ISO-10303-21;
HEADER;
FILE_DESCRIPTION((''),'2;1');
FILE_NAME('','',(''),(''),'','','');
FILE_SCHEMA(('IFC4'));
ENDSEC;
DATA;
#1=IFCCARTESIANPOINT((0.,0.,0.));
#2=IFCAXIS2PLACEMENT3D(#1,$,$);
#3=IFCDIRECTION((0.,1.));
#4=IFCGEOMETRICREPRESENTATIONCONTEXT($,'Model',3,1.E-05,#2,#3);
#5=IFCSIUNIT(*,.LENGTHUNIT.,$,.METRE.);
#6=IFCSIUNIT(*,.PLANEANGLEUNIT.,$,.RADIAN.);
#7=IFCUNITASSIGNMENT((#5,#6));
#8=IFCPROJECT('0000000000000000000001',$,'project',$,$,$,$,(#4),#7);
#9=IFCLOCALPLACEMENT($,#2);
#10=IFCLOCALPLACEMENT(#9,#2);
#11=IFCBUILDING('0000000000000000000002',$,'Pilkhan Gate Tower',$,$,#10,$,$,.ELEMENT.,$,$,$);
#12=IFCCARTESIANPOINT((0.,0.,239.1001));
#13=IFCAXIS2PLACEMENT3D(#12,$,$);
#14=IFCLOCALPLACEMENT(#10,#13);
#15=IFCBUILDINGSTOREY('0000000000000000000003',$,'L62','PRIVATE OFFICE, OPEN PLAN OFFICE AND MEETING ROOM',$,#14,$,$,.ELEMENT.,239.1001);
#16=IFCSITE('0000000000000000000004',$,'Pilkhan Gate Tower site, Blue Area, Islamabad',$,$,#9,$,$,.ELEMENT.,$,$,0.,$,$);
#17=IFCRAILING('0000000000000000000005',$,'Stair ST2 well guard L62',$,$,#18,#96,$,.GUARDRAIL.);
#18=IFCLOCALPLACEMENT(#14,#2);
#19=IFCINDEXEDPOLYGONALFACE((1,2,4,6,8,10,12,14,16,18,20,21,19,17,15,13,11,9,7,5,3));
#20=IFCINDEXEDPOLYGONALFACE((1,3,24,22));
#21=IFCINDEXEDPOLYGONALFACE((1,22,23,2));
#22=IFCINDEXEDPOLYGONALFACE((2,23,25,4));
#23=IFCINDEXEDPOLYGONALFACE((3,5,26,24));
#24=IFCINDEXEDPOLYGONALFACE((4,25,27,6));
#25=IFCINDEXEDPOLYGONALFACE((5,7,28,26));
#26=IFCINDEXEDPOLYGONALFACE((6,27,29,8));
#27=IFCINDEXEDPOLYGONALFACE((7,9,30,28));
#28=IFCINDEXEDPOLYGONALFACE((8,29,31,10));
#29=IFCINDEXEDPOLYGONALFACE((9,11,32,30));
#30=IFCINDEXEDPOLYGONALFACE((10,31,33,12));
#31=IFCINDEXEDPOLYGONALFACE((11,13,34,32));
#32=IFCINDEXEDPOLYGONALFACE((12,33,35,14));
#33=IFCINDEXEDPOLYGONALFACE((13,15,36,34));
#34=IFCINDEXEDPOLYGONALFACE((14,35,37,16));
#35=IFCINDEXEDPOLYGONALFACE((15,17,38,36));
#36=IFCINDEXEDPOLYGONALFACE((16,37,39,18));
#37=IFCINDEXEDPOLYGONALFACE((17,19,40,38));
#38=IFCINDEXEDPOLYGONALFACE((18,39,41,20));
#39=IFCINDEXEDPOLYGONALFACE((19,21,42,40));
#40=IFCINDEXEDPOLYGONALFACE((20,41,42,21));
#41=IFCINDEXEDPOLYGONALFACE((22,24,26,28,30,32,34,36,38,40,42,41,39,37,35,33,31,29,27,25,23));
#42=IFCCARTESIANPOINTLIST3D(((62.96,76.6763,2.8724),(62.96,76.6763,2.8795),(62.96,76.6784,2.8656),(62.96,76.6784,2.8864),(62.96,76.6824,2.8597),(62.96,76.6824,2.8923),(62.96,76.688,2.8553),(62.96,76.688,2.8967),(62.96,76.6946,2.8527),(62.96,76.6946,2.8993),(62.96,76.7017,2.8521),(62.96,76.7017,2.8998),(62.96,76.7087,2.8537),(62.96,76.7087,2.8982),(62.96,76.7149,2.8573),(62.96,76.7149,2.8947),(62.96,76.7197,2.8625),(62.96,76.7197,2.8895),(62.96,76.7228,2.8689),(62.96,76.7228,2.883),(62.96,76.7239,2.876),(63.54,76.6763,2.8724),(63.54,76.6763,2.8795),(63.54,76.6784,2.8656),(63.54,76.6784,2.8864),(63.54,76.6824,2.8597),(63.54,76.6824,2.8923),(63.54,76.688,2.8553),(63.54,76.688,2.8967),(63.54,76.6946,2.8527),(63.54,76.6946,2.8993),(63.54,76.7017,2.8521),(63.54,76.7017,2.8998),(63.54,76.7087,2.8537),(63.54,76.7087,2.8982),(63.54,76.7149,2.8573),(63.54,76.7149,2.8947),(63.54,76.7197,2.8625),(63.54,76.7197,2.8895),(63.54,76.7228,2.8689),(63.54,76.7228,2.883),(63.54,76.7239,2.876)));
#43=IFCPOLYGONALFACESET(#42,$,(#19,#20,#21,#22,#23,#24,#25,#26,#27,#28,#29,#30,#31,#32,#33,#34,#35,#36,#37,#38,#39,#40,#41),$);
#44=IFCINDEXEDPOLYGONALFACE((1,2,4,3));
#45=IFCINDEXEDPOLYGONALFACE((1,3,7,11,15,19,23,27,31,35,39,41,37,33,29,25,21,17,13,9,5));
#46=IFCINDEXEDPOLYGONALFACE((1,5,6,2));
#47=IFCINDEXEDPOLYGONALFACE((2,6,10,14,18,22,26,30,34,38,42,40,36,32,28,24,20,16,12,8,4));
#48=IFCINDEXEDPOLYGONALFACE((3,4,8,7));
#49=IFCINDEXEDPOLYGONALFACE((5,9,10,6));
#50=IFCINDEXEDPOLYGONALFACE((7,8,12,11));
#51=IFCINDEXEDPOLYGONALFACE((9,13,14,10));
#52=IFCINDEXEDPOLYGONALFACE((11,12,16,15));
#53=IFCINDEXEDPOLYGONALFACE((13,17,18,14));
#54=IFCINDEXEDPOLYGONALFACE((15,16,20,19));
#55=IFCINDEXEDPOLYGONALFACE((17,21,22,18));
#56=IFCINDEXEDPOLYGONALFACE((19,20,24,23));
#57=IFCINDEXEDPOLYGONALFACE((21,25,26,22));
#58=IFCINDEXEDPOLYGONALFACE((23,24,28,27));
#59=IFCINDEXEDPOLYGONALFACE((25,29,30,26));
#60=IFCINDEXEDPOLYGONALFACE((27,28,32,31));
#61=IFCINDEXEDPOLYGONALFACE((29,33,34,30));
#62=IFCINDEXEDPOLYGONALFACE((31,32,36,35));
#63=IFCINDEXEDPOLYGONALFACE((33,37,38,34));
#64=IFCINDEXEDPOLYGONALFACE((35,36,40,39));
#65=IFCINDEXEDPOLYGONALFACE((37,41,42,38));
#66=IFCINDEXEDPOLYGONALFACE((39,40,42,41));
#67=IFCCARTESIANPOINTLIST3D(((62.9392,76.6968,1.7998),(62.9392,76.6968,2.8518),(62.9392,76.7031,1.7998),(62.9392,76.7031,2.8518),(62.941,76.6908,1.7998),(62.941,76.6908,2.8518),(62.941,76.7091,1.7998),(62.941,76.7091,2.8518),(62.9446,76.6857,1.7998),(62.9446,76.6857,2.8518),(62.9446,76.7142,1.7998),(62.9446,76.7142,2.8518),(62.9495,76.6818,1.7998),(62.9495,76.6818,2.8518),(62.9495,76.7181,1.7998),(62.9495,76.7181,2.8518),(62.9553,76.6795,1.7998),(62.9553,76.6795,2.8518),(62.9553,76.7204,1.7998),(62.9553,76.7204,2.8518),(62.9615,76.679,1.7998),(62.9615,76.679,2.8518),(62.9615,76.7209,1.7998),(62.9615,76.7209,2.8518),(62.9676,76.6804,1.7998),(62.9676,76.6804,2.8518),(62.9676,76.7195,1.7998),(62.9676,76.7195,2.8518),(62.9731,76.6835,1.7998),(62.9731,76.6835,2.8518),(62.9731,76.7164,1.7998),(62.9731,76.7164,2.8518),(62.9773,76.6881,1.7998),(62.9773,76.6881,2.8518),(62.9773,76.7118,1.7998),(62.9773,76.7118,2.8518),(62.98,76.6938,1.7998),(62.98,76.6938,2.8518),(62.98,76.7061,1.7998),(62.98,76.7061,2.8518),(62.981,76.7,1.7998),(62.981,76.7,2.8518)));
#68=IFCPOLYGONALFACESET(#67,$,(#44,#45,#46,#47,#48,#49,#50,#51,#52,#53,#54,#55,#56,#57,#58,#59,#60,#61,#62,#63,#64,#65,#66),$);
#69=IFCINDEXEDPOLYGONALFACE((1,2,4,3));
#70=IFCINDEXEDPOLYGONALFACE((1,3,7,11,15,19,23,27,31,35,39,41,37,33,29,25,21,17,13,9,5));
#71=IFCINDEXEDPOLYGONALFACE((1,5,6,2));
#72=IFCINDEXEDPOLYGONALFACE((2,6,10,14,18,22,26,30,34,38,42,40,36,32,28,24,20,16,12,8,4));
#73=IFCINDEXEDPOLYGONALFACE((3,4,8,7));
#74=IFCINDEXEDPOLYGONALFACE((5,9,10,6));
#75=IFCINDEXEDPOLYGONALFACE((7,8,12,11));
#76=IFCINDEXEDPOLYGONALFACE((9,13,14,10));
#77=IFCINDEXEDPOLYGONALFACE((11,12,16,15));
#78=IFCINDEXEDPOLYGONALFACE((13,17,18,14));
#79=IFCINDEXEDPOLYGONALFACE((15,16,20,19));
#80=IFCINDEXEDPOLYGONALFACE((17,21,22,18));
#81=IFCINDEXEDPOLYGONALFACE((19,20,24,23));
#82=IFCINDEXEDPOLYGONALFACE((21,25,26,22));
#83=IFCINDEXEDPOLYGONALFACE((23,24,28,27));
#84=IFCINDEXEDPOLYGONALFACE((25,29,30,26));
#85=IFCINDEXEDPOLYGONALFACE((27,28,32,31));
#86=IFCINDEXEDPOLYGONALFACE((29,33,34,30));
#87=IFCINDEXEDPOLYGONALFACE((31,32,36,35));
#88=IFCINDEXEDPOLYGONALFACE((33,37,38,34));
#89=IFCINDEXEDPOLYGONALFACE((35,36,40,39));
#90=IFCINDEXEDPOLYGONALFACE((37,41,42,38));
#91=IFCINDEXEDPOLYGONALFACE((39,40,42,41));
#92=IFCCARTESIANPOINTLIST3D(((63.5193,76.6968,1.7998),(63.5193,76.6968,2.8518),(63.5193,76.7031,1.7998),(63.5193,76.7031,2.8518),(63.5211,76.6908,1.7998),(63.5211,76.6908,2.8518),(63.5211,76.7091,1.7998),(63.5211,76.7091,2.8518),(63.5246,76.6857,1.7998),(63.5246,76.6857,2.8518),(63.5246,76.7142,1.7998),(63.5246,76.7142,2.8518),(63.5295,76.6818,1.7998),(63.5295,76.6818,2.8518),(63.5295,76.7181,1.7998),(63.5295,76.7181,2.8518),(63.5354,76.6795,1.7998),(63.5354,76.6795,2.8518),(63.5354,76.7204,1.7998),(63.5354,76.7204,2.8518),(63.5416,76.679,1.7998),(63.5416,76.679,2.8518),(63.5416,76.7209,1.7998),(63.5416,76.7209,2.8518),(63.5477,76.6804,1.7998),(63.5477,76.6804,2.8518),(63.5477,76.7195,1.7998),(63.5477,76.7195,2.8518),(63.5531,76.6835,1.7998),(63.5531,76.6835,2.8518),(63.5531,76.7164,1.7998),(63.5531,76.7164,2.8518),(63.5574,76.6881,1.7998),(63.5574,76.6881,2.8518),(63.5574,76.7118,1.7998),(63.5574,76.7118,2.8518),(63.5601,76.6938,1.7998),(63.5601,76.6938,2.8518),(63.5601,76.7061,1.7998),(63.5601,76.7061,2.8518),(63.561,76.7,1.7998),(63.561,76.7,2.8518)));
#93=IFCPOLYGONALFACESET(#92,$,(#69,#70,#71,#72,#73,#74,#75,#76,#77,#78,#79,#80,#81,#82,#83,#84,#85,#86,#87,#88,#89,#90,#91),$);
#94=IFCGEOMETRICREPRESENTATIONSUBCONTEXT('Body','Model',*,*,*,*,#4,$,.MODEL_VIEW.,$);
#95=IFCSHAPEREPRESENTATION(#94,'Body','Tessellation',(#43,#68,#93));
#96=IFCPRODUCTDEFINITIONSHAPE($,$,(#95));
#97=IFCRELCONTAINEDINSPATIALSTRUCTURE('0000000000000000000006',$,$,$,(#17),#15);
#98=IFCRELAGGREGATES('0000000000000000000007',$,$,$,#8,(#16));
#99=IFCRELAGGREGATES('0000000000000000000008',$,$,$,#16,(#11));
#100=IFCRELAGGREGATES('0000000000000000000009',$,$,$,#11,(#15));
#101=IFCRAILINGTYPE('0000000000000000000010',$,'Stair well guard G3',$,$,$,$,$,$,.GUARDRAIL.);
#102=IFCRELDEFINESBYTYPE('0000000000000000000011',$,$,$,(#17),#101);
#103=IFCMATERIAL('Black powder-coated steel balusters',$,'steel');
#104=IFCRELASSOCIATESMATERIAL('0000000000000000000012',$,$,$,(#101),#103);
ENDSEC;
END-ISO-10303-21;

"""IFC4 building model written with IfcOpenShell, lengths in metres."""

from ifc_helpers import new_model, si_unit, direction, frame, origin, origin_2d, place, context, subcontext, project, spatial, circle, extrude, material, type_object, element, save


model = new_model("IFC4")

# Units and contexts
model_context = context("Model", 3, precision=1e-05, world=origin(), true_north=direction((0.0, 1.0)))
body_context = subcontext(model_context, "Body", "Model", "MODEL_VIEW")
ifc_project = project(units=[si_unit("LENGTHUNIT", "METRE"), si_unit("PLANEANGLEUNIT", "RADIAN")], contexts=[model_context])

# Site, building, storey
site_placement = place(None, origin())
site = spatial("IfcSite", under=ifc_project, at=site_placement, Name="Pilkhan Gate Tower site, Blue Area, Islamabad", CompositionType="ELEMENT", RefElevation=0.0)
building_placement = place(site_placement, origin())
building = spatial("IfcBuilding", under=site, at=building_placement, Name="Pilkhan Gate Tower", CompositionType="ELEMENT")
storey_placement = place(building_placement, frame((0.0, 0.0, 239.1001)))
storey = spatial("IfcBuildingStorey", under=building, at=storey_placement, Name="L62", Description="PRIVATE OFFICE, OPEN PLAN OFFICE AND MEETING ROOM", CompositionType="ELEMENT", Elevation=239.1001)

# Railing
ifc_material_1 = material(Name="Black powder-coated steel balusters", Category="steel")
railing_type_1 = type_object("IfcRailingType", Name="Stair well guard G3", PredefinedType="GUARDRAIL", material=ifc_material_1)
for number, where, name in (
    (1, (62.96, 76.7, 1.7998), "Stair ST2 well guard L62"),
):
    element("IfcRailing", number, at=place(storey_placement, frame(where)), inside=storey, type_object=railing_type_1, Name=name, PredefinedType="GUARDRAIL", context=body_context, shape_type="SweptSolid", body=[
        extrude(circle(Radius=0.0239, at=origin_2d()), frame((0.0, 0.0, 1.0762), z_axis=(1.0, 0.0, 0.0), x_axis=(0.0, 1.0, 0.0)), (0.0, 0.0, 1.0), 0.5801),
        extrude(circle(Radius=0.021, at=origin_2d()), origin(), (0.0, 0.0, 1.0), 1.052),
        extrude(circle(Radius=0.021, at=origin_2d()), frame((0.5801, 0.0, 0.0)), (0.0, 0.0, 1.0), 1.052),
    ])

save(model, "model.ifc")
